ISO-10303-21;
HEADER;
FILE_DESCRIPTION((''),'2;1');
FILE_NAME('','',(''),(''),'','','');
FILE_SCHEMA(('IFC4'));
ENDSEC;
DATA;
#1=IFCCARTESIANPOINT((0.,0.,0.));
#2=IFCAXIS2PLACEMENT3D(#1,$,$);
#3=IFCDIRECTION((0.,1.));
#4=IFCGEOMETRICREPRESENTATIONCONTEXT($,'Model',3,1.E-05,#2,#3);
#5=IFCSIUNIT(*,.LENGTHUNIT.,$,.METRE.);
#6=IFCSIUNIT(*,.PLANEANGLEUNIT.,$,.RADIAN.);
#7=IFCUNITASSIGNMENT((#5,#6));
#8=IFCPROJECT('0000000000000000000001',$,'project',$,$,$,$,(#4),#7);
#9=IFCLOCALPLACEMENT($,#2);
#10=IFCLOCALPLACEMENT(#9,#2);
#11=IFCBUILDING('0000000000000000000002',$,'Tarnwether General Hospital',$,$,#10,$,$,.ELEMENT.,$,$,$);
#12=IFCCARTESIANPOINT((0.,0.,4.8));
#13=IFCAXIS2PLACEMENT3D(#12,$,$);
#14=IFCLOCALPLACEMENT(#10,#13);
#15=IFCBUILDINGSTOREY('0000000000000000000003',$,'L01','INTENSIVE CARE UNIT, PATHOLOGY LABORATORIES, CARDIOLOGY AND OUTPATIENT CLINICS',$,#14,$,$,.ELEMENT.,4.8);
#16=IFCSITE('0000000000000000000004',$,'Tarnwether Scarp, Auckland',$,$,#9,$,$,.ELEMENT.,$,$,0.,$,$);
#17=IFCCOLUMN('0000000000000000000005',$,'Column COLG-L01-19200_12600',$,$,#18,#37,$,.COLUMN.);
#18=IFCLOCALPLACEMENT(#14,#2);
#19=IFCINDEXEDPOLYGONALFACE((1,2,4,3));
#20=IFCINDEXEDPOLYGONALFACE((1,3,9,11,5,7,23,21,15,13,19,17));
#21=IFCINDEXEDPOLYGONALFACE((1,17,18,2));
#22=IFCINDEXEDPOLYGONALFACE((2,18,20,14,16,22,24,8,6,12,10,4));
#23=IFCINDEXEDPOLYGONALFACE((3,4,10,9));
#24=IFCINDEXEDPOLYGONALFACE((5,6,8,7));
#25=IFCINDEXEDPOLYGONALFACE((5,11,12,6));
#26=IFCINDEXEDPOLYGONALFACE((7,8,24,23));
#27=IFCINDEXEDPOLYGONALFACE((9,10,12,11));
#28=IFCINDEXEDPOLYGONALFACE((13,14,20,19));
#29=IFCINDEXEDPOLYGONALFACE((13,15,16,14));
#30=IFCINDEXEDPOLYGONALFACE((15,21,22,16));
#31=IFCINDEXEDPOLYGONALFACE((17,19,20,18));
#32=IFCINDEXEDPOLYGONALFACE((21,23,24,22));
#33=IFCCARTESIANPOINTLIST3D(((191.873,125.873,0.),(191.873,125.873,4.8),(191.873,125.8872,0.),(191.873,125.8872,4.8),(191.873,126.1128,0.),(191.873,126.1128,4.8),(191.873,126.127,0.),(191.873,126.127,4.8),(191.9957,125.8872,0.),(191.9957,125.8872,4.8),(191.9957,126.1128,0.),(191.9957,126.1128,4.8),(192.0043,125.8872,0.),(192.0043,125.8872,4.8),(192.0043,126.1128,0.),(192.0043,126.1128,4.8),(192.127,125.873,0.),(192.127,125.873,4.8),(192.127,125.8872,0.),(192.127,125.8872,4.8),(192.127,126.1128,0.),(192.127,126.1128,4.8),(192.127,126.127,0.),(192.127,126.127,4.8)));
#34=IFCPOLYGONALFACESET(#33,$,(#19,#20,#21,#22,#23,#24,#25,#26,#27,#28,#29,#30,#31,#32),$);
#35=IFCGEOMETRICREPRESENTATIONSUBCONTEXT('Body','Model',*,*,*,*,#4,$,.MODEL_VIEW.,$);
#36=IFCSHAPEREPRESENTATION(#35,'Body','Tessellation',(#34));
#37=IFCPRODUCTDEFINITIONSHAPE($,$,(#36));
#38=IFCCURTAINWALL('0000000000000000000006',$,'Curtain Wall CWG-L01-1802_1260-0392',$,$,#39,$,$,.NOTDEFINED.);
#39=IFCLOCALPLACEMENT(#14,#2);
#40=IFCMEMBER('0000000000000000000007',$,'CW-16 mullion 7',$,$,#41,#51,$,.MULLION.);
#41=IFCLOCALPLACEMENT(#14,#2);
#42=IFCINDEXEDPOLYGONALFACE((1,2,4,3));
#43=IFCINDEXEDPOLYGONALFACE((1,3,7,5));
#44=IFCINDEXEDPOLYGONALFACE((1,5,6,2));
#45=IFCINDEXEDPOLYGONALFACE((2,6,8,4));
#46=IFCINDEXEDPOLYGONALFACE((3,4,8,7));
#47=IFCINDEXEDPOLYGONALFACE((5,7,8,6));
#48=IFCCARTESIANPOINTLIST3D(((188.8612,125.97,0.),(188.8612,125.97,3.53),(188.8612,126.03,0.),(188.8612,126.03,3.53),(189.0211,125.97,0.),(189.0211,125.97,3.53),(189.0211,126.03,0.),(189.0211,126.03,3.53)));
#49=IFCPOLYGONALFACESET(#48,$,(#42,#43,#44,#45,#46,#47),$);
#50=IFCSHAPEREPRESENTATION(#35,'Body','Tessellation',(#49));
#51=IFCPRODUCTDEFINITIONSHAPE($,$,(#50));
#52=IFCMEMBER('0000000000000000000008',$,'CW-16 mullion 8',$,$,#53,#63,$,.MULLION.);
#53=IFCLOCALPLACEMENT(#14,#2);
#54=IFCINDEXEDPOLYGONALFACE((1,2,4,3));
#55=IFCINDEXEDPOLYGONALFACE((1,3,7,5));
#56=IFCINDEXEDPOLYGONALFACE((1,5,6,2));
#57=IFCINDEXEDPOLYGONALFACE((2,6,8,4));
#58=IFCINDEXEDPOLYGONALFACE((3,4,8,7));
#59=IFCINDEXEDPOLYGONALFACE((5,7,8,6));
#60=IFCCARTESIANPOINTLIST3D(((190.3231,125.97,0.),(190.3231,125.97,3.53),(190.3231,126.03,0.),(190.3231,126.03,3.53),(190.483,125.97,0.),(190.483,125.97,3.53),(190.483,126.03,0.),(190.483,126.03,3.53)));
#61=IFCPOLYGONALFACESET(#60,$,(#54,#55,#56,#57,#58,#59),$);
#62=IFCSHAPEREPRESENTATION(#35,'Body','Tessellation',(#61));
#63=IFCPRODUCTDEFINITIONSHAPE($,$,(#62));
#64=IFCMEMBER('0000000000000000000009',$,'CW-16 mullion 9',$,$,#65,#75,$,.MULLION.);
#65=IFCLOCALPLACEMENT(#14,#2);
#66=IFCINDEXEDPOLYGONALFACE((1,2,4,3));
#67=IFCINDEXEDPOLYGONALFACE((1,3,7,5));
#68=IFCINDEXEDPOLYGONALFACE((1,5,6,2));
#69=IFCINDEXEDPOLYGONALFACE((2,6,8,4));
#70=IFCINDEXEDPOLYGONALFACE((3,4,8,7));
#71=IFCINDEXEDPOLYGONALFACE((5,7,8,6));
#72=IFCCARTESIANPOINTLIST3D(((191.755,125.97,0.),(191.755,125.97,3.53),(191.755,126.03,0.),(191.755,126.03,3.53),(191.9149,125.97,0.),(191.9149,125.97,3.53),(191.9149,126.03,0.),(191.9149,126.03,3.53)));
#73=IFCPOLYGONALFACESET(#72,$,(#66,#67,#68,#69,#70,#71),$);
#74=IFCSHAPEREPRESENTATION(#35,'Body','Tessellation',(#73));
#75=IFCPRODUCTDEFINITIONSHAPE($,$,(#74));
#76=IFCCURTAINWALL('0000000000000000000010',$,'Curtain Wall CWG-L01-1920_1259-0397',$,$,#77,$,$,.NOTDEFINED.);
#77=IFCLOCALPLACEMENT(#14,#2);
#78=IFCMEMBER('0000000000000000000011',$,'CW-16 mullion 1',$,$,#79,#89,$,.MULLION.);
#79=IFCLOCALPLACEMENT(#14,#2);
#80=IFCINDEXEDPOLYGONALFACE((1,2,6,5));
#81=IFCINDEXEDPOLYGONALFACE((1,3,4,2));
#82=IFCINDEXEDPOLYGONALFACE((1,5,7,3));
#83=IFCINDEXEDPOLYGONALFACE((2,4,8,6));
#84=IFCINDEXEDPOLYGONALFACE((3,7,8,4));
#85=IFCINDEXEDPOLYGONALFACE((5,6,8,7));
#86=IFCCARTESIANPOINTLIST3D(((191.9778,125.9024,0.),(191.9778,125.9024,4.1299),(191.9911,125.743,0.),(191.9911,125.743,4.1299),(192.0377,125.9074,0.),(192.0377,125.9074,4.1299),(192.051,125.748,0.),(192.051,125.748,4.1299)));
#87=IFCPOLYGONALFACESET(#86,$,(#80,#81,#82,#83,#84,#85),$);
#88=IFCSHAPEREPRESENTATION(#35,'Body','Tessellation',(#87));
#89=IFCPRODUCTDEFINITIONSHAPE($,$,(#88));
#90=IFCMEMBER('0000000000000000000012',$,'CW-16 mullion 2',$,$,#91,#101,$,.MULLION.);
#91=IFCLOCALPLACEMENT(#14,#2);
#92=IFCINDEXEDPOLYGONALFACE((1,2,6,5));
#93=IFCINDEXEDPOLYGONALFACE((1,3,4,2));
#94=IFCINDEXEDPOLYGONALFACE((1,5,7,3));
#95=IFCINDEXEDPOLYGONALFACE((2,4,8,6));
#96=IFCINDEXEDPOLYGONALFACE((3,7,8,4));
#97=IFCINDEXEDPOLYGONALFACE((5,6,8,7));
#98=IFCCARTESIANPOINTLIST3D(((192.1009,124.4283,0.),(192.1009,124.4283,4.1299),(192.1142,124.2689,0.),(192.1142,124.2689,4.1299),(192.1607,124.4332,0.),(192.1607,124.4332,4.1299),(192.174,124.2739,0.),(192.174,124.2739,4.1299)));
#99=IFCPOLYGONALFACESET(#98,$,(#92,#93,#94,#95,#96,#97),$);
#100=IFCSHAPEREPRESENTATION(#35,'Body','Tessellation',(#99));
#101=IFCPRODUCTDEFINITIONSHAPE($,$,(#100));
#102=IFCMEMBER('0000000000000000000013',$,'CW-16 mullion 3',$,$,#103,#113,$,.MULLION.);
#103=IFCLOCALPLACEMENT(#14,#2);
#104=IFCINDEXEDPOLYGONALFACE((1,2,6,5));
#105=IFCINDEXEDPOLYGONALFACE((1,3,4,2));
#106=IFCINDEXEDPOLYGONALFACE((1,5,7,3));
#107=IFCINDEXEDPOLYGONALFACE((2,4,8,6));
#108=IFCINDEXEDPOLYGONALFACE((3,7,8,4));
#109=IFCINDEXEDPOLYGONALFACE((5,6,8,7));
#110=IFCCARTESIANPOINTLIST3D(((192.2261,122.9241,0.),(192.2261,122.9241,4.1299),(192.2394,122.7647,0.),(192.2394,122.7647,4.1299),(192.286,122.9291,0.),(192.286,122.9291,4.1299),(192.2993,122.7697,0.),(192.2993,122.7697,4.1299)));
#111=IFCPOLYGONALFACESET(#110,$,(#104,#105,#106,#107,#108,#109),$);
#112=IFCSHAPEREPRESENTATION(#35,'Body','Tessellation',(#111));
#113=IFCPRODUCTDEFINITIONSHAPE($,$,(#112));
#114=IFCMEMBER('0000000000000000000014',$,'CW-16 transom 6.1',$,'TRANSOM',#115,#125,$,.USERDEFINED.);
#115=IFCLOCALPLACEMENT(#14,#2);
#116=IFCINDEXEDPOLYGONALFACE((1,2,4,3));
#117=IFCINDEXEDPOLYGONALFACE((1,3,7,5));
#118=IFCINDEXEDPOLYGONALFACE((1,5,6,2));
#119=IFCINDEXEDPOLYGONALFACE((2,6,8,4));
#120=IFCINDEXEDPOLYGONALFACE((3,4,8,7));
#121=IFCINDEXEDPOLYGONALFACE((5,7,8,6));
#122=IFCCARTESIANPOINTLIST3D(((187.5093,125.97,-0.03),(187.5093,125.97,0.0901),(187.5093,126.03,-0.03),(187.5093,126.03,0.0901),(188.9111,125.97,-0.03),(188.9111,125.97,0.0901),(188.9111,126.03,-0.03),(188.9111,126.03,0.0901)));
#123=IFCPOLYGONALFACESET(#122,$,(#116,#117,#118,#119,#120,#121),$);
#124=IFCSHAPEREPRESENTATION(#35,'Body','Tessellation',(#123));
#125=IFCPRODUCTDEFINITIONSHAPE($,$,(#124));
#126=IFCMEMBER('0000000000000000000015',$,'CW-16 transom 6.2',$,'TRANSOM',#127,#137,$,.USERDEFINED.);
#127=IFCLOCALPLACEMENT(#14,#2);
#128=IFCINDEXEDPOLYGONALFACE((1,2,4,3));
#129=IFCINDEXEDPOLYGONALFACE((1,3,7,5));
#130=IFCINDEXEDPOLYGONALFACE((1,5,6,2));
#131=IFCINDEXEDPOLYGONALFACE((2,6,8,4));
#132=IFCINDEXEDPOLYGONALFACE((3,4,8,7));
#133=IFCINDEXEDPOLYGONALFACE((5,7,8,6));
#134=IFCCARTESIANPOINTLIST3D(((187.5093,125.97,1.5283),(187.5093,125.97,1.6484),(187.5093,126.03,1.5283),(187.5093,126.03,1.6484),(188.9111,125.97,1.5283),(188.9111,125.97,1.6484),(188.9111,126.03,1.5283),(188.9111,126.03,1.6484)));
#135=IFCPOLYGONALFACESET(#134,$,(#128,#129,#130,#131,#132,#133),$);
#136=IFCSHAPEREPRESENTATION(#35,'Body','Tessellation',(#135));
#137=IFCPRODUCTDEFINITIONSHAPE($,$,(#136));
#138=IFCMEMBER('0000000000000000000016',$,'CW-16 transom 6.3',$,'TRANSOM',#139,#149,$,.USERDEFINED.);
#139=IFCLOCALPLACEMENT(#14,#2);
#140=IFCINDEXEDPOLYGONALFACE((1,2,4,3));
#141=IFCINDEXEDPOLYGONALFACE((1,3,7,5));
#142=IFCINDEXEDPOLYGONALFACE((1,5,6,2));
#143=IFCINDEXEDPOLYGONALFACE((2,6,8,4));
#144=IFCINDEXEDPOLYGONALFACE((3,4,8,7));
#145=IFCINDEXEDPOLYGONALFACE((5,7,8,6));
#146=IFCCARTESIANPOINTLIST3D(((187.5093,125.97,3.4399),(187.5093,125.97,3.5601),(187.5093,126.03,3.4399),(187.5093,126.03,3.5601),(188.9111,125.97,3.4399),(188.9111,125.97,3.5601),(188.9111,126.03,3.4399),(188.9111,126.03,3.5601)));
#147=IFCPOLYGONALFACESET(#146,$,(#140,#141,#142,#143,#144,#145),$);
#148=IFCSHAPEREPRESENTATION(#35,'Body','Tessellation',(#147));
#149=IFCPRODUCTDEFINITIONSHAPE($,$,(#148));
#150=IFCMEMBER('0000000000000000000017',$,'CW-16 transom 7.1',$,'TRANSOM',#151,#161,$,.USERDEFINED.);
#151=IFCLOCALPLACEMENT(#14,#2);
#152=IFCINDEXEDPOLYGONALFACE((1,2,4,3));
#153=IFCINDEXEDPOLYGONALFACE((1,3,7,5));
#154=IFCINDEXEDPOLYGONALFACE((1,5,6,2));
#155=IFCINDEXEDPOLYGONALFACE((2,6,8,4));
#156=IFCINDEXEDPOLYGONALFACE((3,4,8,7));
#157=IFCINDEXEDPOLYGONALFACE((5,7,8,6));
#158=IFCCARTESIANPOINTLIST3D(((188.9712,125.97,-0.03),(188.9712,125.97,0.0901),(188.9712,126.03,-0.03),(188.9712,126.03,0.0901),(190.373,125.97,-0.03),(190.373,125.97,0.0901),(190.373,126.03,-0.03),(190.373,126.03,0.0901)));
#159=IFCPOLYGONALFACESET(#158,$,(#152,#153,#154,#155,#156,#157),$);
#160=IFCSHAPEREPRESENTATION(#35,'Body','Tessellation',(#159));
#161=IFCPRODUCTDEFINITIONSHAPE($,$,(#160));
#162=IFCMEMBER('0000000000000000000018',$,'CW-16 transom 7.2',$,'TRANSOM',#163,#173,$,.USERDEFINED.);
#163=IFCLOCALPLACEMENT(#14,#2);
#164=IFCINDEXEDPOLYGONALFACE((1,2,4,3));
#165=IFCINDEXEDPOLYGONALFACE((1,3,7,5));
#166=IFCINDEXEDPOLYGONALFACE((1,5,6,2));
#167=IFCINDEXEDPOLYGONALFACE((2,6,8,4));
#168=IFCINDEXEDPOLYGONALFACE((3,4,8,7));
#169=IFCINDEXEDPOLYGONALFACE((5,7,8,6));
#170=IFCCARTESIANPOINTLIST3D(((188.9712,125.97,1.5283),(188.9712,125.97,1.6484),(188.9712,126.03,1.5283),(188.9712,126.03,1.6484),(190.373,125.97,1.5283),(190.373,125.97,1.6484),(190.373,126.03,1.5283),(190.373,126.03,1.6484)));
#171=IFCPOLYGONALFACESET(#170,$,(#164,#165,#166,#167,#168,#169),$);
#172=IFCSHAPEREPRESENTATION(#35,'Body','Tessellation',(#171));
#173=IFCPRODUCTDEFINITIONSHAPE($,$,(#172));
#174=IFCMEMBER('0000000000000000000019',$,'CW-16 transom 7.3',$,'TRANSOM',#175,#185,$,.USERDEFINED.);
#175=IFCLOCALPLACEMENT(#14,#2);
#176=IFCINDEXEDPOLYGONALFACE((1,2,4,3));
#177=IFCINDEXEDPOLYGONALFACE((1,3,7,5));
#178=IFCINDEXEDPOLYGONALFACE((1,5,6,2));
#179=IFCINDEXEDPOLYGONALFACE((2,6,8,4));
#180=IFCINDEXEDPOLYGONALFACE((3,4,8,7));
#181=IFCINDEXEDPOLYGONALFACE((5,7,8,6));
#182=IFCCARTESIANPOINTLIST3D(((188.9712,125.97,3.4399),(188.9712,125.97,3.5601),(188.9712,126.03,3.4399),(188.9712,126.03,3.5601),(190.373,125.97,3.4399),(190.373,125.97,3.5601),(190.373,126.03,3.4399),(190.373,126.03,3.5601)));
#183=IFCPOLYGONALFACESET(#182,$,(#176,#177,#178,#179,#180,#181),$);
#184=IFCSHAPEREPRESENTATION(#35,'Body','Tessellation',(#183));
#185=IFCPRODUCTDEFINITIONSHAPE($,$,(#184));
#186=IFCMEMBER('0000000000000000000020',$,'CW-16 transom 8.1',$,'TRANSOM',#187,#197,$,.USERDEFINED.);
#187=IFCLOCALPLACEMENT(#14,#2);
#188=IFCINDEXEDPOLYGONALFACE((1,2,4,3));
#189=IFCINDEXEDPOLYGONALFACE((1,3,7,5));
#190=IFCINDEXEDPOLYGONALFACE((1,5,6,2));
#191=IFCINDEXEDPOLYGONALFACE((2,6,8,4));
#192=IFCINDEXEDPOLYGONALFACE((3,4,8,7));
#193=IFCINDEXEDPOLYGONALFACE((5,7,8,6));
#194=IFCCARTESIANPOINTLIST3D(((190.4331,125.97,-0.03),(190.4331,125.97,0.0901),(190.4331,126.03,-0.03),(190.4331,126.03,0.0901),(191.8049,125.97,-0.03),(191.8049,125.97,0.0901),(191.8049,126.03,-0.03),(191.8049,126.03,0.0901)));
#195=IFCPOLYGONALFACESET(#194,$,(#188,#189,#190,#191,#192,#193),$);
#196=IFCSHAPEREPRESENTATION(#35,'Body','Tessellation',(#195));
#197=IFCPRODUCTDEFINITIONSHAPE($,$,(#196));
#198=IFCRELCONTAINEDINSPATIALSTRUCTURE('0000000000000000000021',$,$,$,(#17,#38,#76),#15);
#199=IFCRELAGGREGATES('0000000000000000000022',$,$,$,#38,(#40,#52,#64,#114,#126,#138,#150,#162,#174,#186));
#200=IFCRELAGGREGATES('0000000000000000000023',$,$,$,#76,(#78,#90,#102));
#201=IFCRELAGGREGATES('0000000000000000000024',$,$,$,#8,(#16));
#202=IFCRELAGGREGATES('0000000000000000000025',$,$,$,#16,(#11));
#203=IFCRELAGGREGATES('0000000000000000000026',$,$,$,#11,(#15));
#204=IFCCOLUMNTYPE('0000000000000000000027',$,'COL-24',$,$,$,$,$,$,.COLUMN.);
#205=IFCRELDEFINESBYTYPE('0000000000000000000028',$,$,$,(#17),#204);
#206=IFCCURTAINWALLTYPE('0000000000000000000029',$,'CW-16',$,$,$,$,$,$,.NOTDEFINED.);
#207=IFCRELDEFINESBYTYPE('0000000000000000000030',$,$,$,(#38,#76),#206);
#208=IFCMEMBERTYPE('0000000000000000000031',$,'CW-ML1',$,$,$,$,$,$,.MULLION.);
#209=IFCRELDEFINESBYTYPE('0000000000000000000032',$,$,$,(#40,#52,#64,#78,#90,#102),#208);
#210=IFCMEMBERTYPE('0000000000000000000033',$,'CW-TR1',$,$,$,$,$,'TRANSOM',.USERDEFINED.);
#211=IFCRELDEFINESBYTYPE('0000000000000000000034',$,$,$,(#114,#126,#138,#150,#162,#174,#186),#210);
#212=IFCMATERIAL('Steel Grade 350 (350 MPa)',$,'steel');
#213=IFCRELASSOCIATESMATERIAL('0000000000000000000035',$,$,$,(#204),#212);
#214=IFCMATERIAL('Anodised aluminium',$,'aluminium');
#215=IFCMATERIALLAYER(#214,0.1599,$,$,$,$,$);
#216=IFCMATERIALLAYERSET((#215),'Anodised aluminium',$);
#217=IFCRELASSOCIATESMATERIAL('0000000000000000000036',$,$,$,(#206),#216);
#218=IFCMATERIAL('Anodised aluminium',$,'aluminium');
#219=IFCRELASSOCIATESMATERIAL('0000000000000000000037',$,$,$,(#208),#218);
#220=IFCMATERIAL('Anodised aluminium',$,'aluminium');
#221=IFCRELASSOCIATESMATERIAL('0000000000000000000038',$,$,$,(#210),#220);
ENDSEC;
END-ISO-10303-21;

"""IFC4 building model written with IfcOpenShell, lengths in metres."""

from ifc_helpers import new_model, si_unit, direction, frame, origin, origin_2d, place, context, subcontext, project, spatial, rectangle, i_section, extrude, material, layer, layer_set, material_profile, profile_set, type_object, element, aggregate, save


model = new_model("IFC4")

# Units and contexts
model_context = context("Model", 3, precision=1e-05, world=origin(), true_north=direction((0.0, 1.0)))
body_context = subcontext(model_context, "Body", "Model", "MODEL_VIEW")
ifc_project = project(units=[si_unit("LENGTHUNIT", "METRE"), si_unit("PLANEANGLEUNIT", "RADIAN")], contexts=[model_context])

# Site, building, storey
site_placement = place(None, origin())
site = spatial("IfcSite", under=ifc_project, at=site_placement, Name="Tarnwether Scarp, Auckland", CompositionType="ELEMENT", RefElevation=0.0)
building_placement = place(site_placement, origin())
building = spatial("IfcBuilding", under=site, at=building_placement, Name="Tarnwether General Hospital", CompositionType="ELEMENT")
storey_placement = place(building_placement, frame((0.0, 0.0, 4.8)))
storey = spatial("IfcBuildingStorey", under=building, at=storey_placement, Name="L01", Description="INTENSIVE CARE UNIT, PATHOLOGY LABORATORIES, CARDIOLOGY AND OUTPATIENT CLINICS", CompositionType="ELEMENT", Elevation=4.8)

# Column
ifc_material_1 = material(Name="Steel Grade 350 (350 MPa)", Category="steel")
ifc_material_profile_1 = material_profile(ifc_material_1, i_section(OverallWidth=0.2539, OverallDepth=0.2539, WebThickness=0.0085, FlangeThickness=0.0142, at=origin_2d()), Name="250UC72.9")
ifc_profile_set_1 = profile_set([ifc_material_profile_1], Name="Steel Grade 350 (350 MPa)")
column_type = type_object("IfcColumnType", Name="COL-24", PredefinedType="COLUMN", material=ifc_profile_set_1)
column_placement = place(storey_placement, frame((192.0, 126.0, 0.0), z_axis=(0.0, 0.0, 1.0), x_axis=(1.0, 0.0, 0.0)))
element("IfcColumn", 1, at=column_placement, inside=storey, type_object=column_type, Name="Column COLG-L01-19200_12600", PredefinedType="COLUMN", context=body_context, shape_type="SweptSolid", body=[
    extrude(i_section(OverallWidth=0.2539, OverallDepth=0.2539, WebThickness=0.0085, FlangeThickness=0.0142, at=origin_2d()), origin(), (0.0, 0.0, 1.0), 4.8),
])

# Curtain walls, members
ifc_material_2 = material(Name="Anodised aluminium", Category="aluminium")
ifc_layer_1 = layer(ifc_material_2, 0.1599)
ifc_layer_set_1 = layer_set([ifc_layer_1], Name="Anodised aluminium")
curtain_wall_type = type_object("IfcCurtainWallType", Name="CW-16", PredefinedType="NOTDEFINED", material=ifc_layer_set_1)
curtain_wall_1_placement = place(storey_placement, origin())
curtain_wall_1 = element("IfcCurtainWall", 2, at=curtain_wall_1_placement, inside=storey, type_object=curtain_wall_type, Name="Curtain Wall CWG-L01-1802_1260-0392", PredefinedType="NOTDEFINED")
ifc_material_3 = material(Name="Anodised aluminium", Category="aluminium")
ifc_material_profile_2 = material_profile(ifc_material_3, rectangle(XDim=0.0601, YDim=0.1599, at=origin_2d()), Name="ALU-MUL-60x160")
ifc_profile_set_2 = profile_set([ifc_material_profile_2], Name="Anodised aluminium")
member_type_1 = type_object("IfcMemberType", Name="CW-ML1", PredefinedType="MULLION", material=ifc_profile_set_2)
member_1_placement = place(storey_placement, frame((188.9412, 126.0, 0.0), z_axis=(0.0, 0.0, 1.0), x_axis=(0.0, 1.0, 0.0)))
member_1 = element("IfcMember", 3, at=member_1_placement, type_object=member_type_1, Name="CW-16 mullion 7", PredefinedType="MULLION", context=body_context, shape_type="SweptSolid", body=[
    extrude(rectangle(XDim=0.0601, YDim=0.1599, at=origin_2d()), origin(), (0.0, 0.0, 1.0), 3.53),
])
member_2_placement = place(storey_placement, frame((190.4031, 126.0, 0.0), z_axis=(0.0, 0.0, 1.0), x_axis=(0.0, 1.0, 0.0)))
member_2 = element("IfcMember", 4, at=member_2_placement, type_object=member_type_1, Name="CW-16 mullion 8", PredefinedType="MULLION", context=body_context, shape_type="SweptSolid", body=[
    extrude(rectangle(XDim=0.0601, YDim=0.1599, at=origin_2d()), origin(), (0.0, 0.0, 1.0), 3.53),
])
member_3_placement = place(storey_placement, frame((191.835, 126.0, 0.0), z_axis=(0.0, 0.0, 1.0), x_axis=(0.0, 1.0, 0.0)))
member_3 = element("IfcMember", 5, at=member_3_placement, type_object=member_type_1, Name="CW-16 mullion 9", PredefinedType="MULLION", context=body_context, shape_type="SweptSolid", body=[
    extrude(rectangle(XDim=0.0601, YDim=0.1599, at=origin_2d()), origin(), (0.0, 0.0, 1.0), 3.53),
])
curtain_wall_2_placement = place(storey_placement, origin())
curtain_wall_2 = element("IfcCurtainWall", 6, at=curtain_wall_2_placement, inside=storey, type_object=curtain_wall_type, Name="Curtain Wall CWG-L01-1920_1259-0397", PredefinedType="NOTDEFINED")
member_4_placement = place(storey_placement, frame((192.0144, 125.8252, 0.0), z_axis=(0.0, 0.0, 1.0), x_axis=(0.996544, 0.083065, 0.0)))
member_4 = element("IfcMember", 7, at=member_4_placement, type_object=member_type_1, Name="CW-16 mullion 1", PredefinedType="MULLION", context=body_context, shape_type="SweptSolid", body=[
    extrude(rectangle(XDim=0.0601, YDim=0.1599, at=origin_2d()), origin(), (0.0, 0.0, 1.0), 4.1299),
])
member_5_placement = place(storey_placement, frame((192.1375, 124.3511, 0.0), z_axis=(0.0, 0.0, 1.0), x_axis=(0.996544, 0.083065, 0.0)))
member_5 = element("IfcMember", 8, at=member_5_placement, type_object=member_type_1, Name="CW-16 mullion 2", PredefinedType="MULLION", context=body_context, shape_type="SweptSolid", body=[
    extrude(rectangle(XDim=0.0601, YDim=0.1599, at=origin_2d()), origin(), (0.0, 0.0, 1.0), 4.1299),
])
member_6_placement = place(storey_placement, frame((192.2627, 122.8469, 0.0), z_axis=(0.0, 0.0, 1.0), x_axis=(0.996544, 0.083065, 0.0)))
member_6 = element("IfcMember", 9, at=member_6_placement, type_object=member_type_1, Name="CW-16 mullion 3", PredefinedType="MULLION", context=body_context, shape_type="SweptSolid", body=[
    extrude(rectangle(XDim=0.0601, YDim=0.1599, at=origin_2d()), origin(), (0.0, 0.0, 1.0), 4.1299),
])

# Members
ifc_material_4 = material(Name="Anodised aluminium", Category="aluminium")
ifc_material_profile_3 = material_profile(ifc_material_4, rectangle(XDim=0.0601, YDim=0.1201, at=origin_2d()), Name="ALU-TRN-60x120")
ifc_profile_set_3 = profile_set([ifc_material_profile_3], Name="Anodised aluminium")
member_type_2 = type_object("IfcMemberType", Name="CW-TR1", ElementType="TRANSOM", PredefinedType="USERDEFINED", material=ifc_profile_set_3)
member_7_placement = place(storey_placement, frame((187.5093, 126.0, 0.03), z_axis=(1.0, 0.0, 0.0), x_axis=(0.0, 1.0, 0.0)))
member_7 = element("IfcMember", 10, at=member_7_placement, type_object=member_type_2, Name="CW-16 transom 6.1", ObjectType="TRANSOM", PredefinedType="USERDEFINED", context=body_context, shape_type="SweptSolid", body=[
    extrude(rectangle(XDim=0.0601, YDim=0.1201, at=origin_2d()), origin(), (0.0, 0.0, 1.0), 1.4019),
])
member_8_placement = place(storey_placement, frame((187.5093, 126.0, 1.5884), z_axis=(1.0, 0.0, 0.0), x_axis=(0.0, 1.0, 0.0)))
member_8 = element("IfcMember", 11, at=member_8_placement, type_object=member_type_2, Name="CW-16 transom 6.2", ObjectType="TRANSOM", PredefinedType="USERDEFINED", context=body_context, shape_type="SweptSolid", body=[
    extrude(rectangle(XDim=0.0601, YDim=0.1201, at=origin_2d()), origin(), (0.0, 0.0, 1.0), 1.4019),
])
member_9_placement = place(storey_placement, frame((187.5093, 126.0, 3.5), z_axis=(1.0, 0.0, 0.0), x_axis=(0.0, 1.0, 0.0)))
member_9 = element("IfcMember", 12, at=member_9_placement, type_object=member_type_2, Name="CW-16 transom 6.3", ObjectType="TRANSOM", PredefinedType="USERDEFINED", context=body_context, shape_type="SweptSolid", body=[
    extrude(rectangle(XDim=0.0601, YDim=0.1201, at=origin_2d()), origin(), (0.0, 0.0, 1.0), 1.4019),
])
member_10_placement = place(storey_placement, frame((188.9712, 126.0, 0.03), z_axis=(1.0, 0.0, 0.0), x_axis=(0.0, 1.0, 0.0)))
member_10 = element("IfcMember", 13, at=member_10_placement, type_object=member_type_2, Name="CW-16 transom 7.1", ObjectType="TRANSOM", PredefinedType="USERDEFINED", context=body_context, shape_type="SweptSolid", body=[
    extrude(rectangle(XDim=0.0601, YDim=0.1201, at=origin_2d()), origin(), (0.0, 0.0, 1.0), 1.4019),
])
member_11_placement = place(storey_placement, frame((188.9712, 126.0, 1.5884), z_axis=(1.0, 0.0, 0.0), x_axis=(0.0, 1.0, 0.0)))
member_11 = element("IfcMember", 14, at=member_11_placement, type_object=member_type_2, Name="CW-16 transom 7.2", ObjectType="TRANSOM", PredefinedType="USERDEFINED", context=body_context, shape_type="SweptSolid", body=[
    extrude(rectangle(XDim=0.0601, YDim=0.1201, at=origin_2d()), origin(), (0.0, 0.0, 1.0), 1.4019),
])
member_12_placement = place(storey_placement, frame((188.9712, 126.0, 3.5), z_axis=(1.0, 0.0, 0.0), x_axis=(0.0, 1.0, 0.0)))
member_12 = element("IfcMember", 15, at=member_12_placement, type_object=member_type_2, Name="CW-16 transom 7.3", ObjectType="TRANSOM", PredefinedType="USERDEFINED", context=body_context, shape_type="SweptSolid", body=[
    extrude(rectangle(XDim=0.0601, YDim=0.1201, at=origin_2d()), origin(), (0.0, 0.0, 1.0), 1.4019),
])
member_13_placement = place(storey_placement, frame((190.4331, 126.0, 0.03), z_axis=(1.0, 0.0, 0.0), x_axis=(0.0, 1.0, 0.0)))
member_13 = element("IfcMember", 16, at=member_13_placement, type_object=member_type_2, Name="CW-16 transom 8.1", ObjectType="TRANSOM", PredefinedType="USERDEFINED", context=body_context, shape_type="SweptSolid", body=[
    extrude(rectangle(XDim=0.0601, YDim=0.1201, at=origin_2d()), origin(), (0.0, 0.0, 1.0), 1.3718),
])

aggregate(curtain_wall_1, [member_1, member_2, member_3, member_7, member_8, member_9, member_10, member_11, member_12, member_13])
aggregate(curtain_wall_2, [member_4, member_5, member_6])

save(model, "model.ifc")
